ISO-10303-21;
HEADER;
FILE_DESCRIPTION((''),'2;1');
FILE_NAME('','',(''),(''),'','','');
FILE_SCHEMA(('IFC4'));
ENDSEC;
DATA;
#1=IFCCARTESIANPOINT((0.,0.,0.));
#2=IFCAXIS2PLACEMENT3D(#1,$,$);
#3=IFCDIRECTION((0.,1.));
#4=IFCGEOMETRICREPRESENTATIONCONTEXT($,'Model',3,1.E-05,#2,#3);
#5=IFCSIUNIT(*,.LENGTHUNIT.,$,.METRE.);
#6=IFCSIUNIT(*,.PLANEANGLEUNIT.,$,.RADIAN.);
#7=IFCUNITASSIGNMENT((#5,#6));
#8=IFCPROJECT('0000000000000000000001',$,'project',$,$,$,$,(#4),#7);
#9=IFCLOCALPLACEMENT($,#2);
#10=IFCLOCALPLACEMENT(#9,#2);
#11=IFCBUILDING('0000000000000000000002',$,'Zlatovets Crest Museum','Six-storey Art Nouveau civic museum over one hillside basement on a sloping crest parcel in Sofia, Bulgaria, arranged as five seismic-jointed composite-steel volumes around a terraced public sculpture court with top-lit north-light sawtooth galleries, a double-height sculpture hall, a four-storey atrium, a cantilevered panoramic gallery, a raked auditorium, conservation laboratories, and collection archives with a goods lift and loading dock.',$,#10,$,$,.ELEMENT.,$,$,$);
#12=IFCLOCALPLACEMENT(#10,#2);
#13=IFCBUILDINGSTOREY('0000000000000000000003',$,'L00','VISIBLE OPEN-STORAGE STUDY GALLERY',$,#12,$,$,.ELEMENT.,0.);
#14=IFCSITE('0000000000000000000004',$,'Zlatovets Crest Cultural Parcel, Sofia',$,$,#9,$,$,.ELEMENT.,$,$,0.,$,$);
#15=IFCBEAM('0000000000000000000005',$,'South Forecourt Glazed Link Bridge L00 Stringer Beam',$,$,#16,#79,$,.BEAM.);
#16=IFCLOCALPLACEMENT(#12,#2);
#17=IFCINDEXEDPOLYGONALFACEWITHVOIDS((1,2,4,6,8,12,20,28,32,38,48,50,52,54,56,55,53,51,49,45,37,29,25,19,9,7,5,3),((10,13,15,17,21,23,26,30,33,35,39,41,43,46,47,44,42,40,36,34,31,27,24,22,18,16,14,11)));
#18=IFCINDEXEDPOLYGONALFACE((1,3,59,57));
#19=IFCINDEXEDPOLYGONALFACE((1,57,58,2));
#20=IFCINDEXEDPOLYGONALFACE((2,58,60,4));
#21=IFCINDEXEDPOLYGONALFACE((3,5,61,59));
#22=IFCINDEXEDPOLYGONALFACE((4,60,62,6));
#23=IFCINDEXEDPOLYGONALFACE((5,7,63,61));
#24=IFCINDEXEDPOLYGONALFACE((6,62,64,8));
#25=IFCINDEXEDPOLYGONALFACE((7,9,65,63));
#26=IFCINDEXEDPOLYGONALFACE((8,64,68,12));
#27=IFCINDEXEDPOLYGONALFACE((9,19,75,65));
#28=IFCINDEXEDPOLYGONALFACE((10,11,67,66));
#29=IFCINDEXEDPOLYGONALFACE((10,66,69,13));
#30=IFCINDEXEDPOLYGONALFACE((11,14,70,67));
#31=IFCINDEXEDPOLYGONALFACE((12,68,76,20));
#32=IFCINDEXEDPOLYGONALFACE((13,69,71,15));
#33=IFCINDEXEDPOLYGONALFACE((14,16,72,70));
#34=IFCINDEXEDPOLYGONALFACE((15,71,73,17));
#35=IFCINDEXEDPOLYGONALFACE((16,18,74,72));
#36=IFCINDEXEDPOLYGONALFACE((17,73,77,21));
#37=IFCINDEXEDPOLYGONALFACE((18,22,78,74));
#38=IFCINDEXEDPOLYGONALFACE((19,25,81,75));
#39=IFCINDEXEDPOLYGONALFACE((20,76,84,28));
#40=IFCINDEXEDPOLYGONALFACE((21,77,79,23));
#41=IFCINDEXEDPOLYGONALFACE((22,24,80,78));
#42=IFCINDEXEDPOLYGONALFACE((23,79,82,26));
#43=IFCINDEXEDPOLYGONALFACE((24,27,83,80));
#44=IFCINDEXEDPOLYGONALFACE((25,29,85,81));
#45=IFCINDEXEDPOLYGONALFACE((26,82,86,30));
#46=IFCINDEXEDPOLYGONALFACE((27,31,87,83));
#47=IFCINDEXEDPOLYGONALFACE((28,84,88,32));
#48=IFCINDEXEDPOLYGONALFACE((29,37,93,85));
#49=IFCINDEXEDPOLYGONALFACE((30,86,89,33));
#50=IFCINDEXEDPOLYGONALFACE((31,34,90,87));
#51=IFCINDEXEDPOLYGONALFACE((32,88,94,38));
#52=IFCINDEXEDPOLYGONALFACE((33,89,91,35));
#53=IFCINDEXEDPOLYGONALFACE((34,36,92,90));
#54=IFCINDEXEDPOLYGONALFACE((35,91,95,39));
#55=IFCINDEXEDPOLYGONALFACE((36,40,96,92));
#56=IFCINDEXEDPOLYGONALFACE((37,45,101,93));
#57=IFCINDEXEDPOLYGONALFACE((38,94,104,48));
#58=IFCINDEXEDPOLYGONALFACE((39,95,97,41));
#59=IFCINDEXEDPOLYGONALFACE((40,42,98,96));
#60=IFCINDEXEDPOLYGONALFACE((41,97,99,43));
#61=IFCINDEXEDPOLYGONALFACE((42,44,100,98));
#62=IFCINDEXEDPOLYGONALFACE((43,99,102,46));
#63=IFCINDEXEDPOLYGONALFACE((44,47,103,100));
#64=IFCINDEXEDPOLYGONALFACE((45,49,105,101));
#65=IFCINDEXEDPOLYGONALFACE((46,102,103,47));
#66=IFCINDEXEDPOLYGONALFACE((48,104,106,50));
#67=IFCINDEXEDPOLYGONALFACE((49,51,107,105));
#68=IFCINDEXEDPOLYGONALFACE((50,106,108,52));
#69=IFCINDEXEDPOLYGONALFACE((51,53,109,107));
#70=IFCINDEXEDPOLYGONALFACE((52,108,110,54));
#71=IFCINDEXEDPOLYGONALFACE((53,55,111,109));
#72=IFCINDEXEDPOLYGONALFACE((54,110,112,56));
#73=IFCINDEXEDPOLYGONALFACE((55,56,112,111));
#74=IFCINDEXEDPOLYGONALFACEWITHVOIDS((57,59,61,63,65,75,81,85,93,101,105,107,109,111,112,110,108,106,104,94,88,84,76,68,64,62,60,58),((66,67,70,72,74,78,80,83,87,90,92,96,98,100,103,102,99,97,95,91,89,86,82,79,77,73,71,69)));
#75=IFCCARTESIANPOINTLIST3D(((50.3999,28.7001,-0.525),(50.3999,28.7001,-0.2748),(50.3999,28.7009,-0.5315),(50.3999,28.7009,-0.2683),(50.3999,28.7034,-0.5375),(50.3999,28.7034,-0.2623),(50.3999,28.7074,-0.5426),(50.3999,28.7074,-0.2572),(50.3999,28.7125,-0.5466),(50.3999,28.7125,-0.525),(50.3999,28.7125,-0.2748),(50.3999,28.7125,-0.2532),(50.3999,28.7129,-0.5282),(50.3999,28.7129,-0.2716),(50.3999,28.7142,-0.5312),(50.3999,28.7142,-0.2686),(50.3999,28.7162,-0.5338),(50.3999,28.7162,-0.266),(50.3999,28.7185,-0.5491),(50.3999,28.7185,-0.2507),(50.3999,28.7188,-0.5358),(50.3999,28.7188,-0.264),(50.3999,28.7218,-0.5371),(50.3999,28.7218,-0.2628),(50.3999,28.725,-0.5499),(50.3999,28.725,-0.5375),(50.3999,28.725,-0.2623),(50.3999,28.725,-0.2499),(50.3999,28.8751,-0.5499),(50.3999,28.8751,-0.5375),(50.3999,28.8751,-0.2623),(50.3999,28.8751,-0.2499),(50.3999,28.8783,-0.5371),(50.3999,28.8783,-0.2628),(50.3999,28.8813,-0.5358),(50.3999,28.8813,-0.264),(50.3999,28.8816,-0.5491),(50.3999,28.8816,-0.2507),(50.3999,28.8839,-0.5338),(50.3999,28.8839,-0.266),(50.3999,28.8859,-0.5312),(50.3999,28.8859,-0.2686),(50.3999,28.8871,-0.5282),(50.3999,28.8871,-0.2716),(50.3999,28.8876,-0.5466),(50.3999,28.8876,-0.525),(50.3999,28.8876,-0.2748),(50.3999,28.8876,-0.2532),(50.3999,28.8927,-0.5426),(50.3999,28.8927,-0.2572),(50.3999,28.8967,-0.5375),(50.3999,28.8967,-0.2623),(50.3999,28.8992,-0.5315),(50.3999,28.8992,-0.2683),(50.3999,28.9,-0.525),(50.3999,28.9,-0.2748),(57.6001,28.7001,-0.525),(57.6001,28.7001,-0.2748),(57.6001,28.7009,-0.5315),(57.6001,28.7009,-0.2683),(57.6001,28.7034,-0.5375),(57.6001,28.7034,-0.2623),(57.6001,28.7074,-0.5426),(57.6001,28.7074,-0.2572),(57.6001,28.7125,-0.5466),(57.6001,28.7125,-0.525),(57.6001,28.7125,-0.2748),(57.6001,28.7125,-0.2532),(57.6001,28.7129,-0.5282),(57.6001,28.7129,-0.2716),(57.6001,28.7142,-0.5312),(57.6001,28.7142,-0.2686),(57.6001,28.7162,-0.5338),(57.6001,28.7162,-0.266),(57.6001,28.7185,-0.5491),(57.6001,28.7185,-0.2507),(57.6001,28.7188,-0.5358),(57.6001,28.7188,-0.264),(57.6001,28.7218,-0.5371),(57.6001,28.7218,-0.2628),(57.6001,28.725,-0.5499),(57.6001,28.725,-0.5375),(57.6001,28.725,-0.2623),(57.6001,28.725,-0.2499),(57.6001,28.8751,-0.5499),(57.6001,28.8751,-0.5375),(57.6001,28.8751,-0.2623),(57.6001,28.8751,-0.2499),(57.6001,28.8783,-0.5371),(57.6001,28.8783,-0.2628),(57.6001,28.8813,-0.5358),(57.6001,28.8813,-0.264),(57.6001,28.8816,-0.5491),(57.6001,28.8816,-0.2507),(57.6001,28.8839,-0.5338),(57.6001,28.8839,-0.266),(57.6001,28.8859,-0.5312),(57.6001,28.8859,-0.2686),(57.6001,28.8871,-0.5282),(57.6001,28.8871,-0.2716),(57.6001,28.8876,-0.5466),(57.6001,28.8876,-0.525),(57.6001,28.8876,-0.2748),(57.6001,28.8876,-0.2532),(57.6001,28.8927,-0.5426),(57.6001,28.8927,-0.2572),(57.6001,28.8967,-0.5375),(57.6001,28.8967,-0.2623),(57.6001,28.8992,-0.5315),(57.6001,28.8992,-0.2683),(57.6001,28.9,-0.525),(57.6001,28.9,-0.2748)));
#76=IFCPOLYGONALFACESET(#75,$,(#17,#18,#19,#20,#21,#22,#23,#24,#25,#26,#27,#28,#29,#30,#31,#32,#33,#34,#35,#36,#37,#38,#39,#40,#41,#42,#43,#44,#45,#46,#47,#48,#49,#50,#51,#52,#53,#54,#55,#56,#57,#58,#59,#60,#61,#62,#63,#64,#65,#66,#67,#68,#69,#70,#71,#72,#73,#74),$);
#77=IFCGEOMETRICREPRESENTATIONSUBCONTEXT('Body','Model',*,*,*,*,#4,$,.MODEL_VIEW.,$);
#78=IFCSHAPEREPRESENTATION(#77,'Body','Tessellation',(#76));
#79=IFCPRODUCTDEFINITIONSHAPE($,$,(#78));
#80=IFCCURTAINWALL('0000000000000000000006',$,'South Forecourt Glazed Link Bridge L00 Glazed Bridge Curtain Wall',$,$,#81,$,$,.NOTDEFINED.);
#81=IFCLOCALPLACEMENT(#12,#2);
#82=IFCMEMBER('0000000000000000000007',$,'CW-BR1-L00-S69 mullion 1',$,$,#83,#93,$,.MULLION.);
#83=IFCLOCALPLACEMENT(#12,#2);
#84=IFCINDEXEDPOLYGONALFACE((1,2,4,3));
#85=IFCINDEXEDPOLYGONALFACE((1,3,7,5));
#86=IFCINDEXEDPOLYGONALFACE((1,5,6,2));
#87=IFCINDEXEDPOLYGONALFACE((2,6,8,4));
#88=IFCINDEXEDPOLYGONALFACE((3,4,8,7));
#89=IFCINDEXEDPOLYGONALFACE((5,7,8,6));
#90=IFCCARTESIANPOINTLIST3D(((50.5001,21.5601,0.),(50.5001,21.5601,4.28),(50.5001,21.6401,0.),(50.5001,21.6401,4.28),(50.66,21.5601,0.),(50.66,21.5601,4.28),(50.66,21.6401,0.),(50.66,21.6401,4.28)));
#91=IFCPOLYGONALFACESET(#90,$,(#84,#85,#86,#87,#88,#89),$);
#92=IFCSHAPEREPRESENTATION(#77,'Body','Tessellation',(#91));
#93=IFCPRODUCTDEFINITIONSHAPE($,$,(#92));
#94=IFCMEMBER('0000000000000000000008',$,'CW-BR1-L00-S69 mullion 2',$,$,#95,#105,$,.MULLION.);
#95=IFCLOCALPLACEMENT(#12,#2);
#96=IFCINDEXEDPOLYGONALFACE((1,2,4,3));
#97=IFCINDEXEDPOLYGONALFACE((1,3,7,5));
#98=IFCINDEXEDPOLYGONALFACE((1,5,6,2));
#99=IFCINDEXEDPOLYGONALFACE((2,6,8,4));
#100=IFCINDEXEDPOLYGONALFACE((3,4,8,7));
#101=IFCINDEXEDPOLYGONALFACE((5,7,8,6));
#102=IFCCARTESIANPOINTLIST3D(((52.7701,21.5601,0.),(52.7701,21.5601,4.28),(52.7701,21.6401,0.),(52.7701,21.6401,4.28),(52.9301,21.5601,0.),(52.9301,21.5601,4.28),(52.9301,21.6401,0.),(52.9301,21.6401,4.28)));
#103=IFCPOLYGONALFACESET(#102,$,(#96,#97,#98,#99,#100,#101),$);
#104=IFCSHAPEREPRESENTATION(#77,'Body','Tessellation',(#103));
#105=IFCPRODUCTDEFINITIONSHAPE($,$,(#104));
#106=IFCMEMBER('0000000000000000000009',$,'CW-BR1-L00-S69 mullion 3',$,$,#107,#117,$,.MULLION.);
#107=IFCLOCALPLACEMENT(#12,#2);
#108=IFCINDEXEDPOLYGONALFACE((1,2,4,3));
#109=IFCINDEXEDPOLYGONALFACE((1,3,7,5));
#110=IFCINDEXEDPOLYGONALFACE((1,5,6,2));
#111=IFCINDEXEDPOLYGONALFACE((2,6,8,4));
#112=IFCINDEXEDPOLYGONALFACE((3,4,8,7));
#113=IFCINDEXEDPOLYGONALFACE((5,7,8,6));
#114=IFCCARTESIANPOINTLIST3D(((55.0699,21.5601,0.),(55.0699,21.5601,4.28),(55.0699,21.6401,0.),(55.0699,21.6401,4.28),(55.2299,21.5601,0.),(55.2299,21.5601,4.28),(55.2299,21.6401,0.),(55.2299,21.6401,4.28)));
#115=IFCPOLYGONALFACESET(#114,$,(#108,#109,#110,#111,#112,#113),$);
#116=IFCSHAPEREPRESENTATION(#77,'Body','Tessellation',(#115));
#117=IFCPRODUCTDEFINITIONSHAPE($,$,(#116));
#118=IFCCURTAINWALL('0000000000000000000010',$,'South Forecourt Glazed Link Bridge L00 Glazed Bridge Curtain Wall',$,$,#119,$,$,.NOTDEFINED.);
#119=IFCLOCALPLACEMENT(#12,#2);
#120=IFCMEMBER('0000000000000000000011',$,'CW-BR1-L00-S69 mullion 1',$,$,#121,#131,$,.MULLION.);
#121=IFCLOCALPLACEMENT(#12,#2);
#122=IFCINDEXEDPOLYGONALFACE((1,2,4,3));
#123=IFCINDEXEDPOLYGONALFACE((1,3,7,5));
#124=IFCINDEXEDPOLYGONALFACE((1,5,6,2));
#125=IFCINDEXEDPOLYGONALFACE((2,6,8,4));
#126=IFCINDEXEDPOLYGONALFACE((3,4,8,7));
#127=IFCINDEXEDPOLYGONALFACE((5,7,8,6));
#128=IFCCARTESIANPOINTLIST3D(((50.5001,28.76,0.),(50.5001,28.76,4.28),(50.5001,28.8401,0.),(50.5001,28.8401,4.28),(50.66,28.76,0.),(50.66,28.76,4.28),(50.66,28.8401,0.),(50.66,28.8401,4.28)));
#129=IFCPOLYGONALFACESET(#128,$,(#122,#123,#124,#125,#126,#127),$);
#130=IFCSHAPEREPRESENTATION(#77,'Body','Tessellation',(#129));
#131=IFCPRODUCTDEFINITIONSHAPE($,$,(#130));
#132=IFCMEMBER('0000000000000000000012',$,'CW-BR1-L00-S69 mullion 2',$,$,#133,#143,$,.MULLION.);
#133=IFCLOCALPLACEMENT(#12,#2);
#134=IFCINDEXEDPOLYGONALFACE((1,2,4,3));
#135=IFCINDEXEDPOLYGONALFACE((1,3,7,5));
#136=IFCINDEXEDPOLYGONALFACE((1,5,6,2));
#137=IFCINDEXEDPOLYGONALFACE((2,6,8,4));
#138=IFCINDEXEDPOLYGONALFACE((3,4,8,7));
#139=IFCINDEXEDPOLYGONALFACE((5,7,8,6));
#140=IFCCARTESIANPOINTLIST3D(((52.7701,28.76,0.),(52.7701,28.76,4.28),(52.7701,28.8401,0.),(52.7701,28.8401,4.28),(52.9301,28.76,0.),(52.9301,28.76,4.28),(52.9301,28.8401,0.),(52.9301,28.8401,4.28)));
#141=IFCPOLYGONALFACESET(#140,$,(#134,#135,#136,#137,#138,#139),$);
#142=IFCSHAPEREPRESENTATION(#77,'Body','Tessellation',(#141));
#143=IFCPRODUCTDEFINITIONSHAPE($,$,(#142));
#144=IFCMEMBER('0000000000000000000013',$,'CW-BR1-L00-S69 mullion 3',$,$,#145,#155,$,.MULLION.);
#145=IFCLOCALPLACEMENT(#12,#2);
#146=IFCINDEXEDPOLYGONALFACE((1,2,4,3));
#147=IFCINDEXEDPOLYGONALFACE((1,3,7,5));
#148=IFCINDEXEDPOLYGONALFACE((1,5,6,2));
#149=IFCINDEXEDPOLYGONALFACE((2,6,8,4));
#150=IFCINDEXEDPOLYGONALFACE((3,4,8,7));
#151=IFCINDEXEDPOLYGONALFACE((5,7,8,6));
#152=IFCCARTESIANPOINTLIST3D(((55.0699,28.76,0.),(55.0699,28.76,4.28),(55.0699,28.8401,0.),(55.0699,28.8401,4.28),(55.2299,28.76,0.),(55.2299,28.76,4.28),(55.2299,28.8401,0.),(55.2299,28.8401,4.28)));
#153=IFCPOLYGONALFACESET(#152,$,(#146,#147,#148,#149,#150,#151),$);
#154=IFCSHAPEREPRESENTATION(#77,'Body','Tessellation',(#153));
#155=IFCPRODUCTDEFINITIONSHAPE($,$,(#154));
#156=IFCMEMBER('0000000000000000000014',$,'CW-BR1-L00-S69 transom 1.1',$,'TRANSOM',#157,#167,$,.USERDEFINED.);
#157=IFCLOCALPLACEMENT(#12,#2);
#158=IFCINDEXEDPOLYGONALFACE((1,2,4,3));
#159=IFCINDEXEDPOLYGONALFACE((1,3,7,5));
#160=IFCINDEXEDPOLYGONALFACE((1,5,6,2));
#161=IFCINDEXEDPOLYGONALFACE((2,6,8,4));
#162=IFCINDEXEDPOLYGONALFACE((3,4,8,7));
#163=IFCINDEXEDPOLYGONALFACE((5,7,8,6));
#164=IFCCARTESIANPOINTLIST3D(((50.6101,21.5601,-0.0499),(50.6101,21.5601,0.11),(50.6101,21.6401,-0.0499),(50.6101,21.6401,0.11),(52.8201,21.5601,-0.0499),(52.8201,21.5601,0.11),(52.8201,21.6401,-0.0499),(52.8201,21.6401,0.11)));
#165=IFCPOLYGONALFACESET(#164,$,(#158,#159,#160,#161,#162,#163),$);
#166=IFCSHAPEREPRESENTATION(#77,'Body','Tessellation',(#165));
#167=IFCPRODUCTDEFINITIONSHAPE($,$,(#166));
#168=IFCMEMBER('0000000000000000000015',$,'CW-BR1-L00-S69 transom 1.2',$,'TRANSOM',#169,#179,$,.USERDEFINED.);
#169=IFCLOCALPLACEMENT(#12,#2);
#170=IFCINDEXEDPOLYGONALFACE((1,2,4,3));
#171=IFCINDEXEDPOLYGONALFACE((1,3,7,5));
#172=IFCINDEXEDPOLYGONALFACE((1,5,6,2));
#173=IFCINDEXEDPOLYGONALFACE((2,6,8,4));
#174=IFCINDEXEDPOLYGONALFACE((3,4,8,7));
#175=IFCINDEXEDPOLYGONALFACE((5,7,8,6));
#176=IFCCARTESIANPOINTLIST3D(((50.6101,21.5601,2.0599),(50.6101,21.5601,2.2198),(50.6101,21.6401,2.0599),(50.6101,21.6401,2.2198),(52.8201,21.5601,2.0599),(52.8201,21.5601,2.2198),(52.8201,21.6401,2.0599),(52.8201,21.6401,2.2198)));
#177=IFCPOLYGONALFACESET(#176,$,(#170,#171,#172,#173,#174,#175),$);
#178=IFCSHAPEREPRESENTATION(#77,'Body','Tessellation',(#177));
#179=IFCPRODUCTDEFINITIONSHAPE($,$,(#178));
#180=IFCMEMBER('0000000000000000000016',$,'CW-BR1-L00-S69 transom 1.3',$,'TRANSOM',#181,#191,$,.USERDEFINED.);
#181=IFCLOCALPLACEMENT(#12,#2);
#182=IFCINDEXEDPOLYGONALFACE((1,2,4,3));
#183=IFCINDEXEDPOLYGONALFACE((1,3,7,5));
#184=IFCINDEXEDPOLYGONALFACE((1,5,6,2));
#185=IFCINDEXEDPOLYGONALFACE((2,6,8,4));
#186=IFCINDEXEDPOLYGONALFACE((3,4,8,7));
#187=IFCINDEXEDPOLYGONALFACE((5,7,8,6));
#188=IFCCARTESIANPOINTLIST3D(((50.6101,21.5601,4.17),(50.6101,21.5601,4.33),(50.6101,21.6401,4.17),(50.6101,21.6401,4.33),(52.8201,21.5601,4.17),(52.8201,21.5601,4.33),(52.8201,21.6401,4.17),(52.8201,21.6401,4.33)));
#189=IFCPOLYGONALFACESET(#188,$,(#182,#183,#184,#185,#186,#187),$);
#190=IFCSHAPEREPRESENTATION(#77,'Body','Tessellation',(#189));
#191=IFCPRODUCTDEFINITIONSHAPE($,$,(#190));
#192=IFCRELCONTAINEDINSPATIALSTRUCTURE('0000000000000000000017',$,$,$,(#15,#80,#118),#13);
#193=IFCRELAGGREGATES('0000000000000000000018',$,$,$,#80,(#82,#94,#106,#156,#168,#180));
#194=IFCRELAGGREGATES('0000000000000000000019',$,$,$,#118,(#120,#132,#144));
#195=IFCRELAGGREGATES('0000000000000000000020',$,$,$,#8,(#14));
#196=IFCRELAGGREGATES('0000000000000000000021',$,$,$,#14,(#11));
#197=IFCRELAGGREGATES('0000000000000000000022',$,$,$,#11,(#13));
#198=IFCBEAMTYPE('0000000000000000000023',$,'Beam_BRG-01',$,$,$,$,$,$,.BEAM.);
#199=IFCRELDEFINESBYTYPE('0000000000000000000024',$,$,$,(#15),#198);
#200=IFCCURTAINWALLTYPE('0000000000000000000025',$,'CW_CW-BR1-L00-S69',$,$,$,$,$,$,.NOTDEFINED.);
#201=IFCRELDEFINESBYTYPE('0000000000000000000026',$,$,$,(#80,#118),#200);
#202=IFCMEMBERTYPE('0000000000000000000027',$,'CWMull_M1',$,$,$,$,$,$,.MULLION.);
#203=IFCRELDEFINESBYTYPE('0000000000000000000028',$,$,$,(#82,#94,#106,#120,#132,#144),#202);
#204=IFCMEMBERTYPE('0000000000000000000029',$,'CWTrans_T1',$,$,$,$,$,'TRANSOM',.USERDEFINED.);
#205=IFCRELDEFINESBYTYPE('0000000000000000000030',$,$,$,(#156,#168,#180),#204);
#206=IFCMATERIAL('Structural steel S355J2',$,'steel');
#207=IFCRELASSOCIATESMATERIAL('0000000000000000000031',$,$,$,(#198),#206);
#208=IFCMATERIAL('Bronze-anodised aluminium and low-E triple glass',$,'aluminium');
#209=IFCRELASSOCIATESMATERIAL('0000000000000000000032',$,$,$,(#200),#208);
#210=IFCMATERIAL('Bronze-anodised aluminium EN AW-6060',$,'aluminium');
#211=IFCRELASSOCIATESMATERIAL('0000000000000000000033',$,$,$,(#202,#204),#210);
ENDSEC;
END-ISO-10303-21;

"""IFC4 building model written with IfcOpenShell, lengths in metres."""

from ifc_helpers import new_model, si_unit, direction, frame, origin, origin_2d, place, context, subcontext, project, spatial, rectangle, hollow_rectangle, extrude, material, material_profile, profile_set, type_object, element, aggregate, save


model = new_model("IFC4")

# Units and contexts
model_context = context("Model", 3, precision=1e-05, world=origin(), true_north=direction((0.0, 1.0)))
body_context = subcontext(model_context, "Body", "Model", "MODEL_VIEW")
ifc_project = project(units=[si_unit("LENGTHUNIT", "METRE"), si_unit("PLANEANGLEUNIT", "RADIAN")], contexts=[model_context])

# Site, building, storey
site_placement = place(None, origin())
site = spatial("IfcSite", under=ifc_project, at=site_placement, Name="Zlatovets Crest Cultural Parcel, Sofia", CompositionType="ELEMENT", RefElevation=0.0)
building_placement = place(site_placement, origin())
building = spatial("IfcBuilding", under=site, at=building_placement, Name="Zlatovets Crest Museum", Description="Six-storey Art Nouveau civic museum over one hillside basement on a sloping crest parcel in Sofia, Bulgaria, arranged as five seismic-jointed composite-steel volumes around a terraced public sculpture court with top-lit north-light sawtooth galleries, a double-height sculpture hall, a four-storey atrium, a cantilevered panoramic gallery, a raked auditorium, conservation laboratories, and collection archives with a goods lift and loading dock.", CompositionType="ELEMENT")
storey_placement = place(building_placement, origin())
storey = spatial("IfcBuildingStorey", under=building, at=storey_placement, Name="L00", Description="VISIBLE OPEN-STORAGE STUDY GALLERY", CompositionType="ELEMENT", Elevation=0.0)

# Shared definitions
ifc_material_1 = material(Name="Structural steel S355J2", Category="steel")

# Beam
ifc_material_profile_1 = material_profile(ifc_material_1, hollow_rectangle(XDim=0.2, YDim=0.3, WallThickness=0.0125, InnerFilletRadius=0.0125, OuterFilletRadius=0.0249, at=origin_2d()), Name="RHS 200x300x12.5")
ifc_profile_set_1 = profile_set([ifc_material_profile_1], Name="Structural steel S355J2")
beam_type_1 = type_object("IfcBeamType", Name="Beam_BRG-01", PredefinedType="BEAM", material=ifc_profile_set_1)
for number, where, z_axis, x_axis, name in (
    (1, (50.3999, 28.8, -0.3999), (1.0, 0.0, 0.0), (0.0, 1.0, 0.0), "South Forecourt Glazed Link Bridge L00 Stringer Beam"),
):
    element("IfcBeam", number, at=place(storey_placement, frame(where, z_axis=z_axis, x_axis=x_axis)), inside=storey, type_object=beam_type_1, Name=name, PredefinedType="BEAM", context=body_context, shape_type="SweptSolid", body=[
        extrude(hollow_rectangle(XDim=0.2, YDim=0.3, WallThickness=0.0125, InnerFilletRadius=0.0125, OuterFilletRadius=0.0249, at=origin_2d()), origin(), (0.0, 0.0, 1.0), 7.2002),
    ])

# Curtain walls, members
ifc_material_2 = material(Name="Bronze-anodised aluminium and low-E triple glass", Category="aluminium")
curtain_wall_type = type_object("IfcCurtainWallType", Name="CW_CW-BR1-L00-S69", PredefinedType="NOTDEFINED", material=ifc_material_2)
curtain_wall_1_placement = place(storey_placement, origin())
curtain_wall_1 = element("IfcCurtainWall", 2, at=curtain_wall_1_placement, inside=storey, type_object=curtain_wall_type, Name="South Forecourt Glazed Link Bridge L00 Glazed Bridge Curtain Wall", PredefinedType="NOTDEFINED")
ifc_material_3 = material(Name="Bronze-anodised aluminium EN AW-6060", Category="aluminium")
ifc_material_profile_2 = material_profile(ifc_material_3, rectangle(XDim=0.0801, YDim=0.1599, at=origin_2d()), Name="ALU 80x160")
ifc_profile_set_2 = profile_set([ifc_material_profile_2], Name="Bronze-anodised aluminium EN AW-6060")
member_type_1 = type_object("IfcMemberType", Name="CWMull_M1", PredefinedType="MULLION", material=ifc_profile_set_2)
member_1_placement = place(storey_placement, frame((50.5801, 21.6001, 0.0), z_axis=(0.0, 0.0, 1.0), x_axis=(0.0, 1.0, 0.0)))
member_1 = element("IfcMember", 3, at=member_1_placement, type_object=member_type_1, Name="CW-BR1-L00-S69 mullion 1", PredefinedType="MULLION", context=body_context, shape_type="SweptSolid", body=[
    extrude(rectangle(XDim=0.0801, YDim=0.1599, at=origin_2d()), origin(), (0.0, 0.0, 1.0), 4.28),
])
member_2_placement = place(storey_placement, frame((52.8501, 21.6001, 0.0), z_axis=(0.0, 0.0, 1.0), x_axis=(0.0, 1.0, 0.0)))
member_2 = element("IfcMember", 4, at=member_2_placement, type_object=member_type_1, Name="CW-BR1-L00-S69 mullion 2", PredefinedType="MULLION", context=body_context, shape_type="SweptSolid", body=[
    extrude(rectangle(XDim=0.0801, YDim=0.1599, at=origin_2d()), origin(), (0.0, 0.0, 1.0), 4.28),
])
member_3_placement = place(storey_placement, frame((55.1499, 21.6001, 0.0), z_axis=(0.0, 0.0, 1.0), x_axis=(0.0, 1.0, 0.0)))
member_3 = element("IfcMember", 5, at=member_3_placement, type_object=member_type_1, Name="CW-BR1-L00-S69 mullion 3", PredefinedType="MULLION", context=body_context, shape_type="SweptSolid", body=[
    extrude(rectangle(XDim=0.0801, YDim=0.1599, at=origin_2d()), origin(), (0.0, 0.0, 1.0), 4.28),
])
curtain_wall_2_placement = place(storey_placement, origin())
curtain_wall_2 = element("IfcCurtainWall", 6, at=curtain_wall_2_placement, inside=storey, type_object=curtain_wall_type, Name="South Forecourt Glazed Link Bridge L00 Glazed Bridge Curtain Wall", PredefinedType="NOTDEFINED")
member_4_placement = place(storey_placement, frame((50.5801, 28.8, 0.0), z_axis=(0.0, 0.0, 1.0), x_axis=(0.0, 1.0, 0.0)))
member_4 = element("IfcMember", 7, at=member_4_placement, type_object=member_type_1, Name="CW-BR1-L00-S69 mullion 1", PredefinedType="MULLION", context=body_context, shape_type="SweptSolid", body=[
    extrude(rectangle(XDim=0.0801, YDim=0.1599, at=origin_2d()), origin(), (0.0, 0.0, 1.0), 4.28),
])
member_5_placement = place(storey_placement, frame((52.8501, 28.8, 0.0), z_axis=(0.0, 0.0, 1.0), x_axis=(0.0, 1.0, 0.0)))
member_5 = element("IfcMember", 8, at=member_5_placement, type_object=member_type_1, Name="CW-BR1-L00-S69 mullion 2", PredefinedType="MULLION", context=body_context, shape_type="SweptSolid", body=[
    extrude(rectangle(XDim=0.0801, YDim=0.1599, at=origin_2d()), origin(), (0.0, 0.0, 1.0), 4.28),
])
member_6_placement = place(storey_placement, frame((55.1499, 28.8, 0.0), z_axis=(0.0, 0.0, 1.0), x_axis=(0.0, 1.0, 0.0)))
member_6 = element("IfcMember", 9, at=member_6_placement, type_object=member_type_1, Name="CW-BR1-L00-S69 mullion 3", PredefinedType="MULLION", context=body_context, shape_type="SweptSolid", body=[
    extrude(rectangle(XDim=0.0801, YDim=0.1599, at=origin_2d()), origin(), (0.0, 0.0, 1.0), 4.28),
])

# Members
ifc_material_profile_3 = material_profile(ifc_material_3, rectangle(XDim=0.0801, YDim=0.1599, at=origin_2d()), Name="ALU 80x160")
ifc_profile_set_3 = profile_set([ifc_material_profile_3], Name="Bronze-anodised aluminium EN AW-6060")
member_type_2 = type_object("IfcMemberType", Name="CWTrans_T1", ElementType="TRANSOM", PredefinedType="USERDEFINED", material=ifc_profile_set_3)
member_7_placement = place(storey_placement, frame((50.6101, 21.6001, 0.03), z_axis=(1.0, 0.0, 0.0), x_axis=(0.0, 1.0, 0.0)))
member_7 = element("IfcMember", 10, at=member_7_placement, type_object=member_type_2, Name="CW-BR1-L00-S69 transom 1.1", ObjectType="TRANSOM", PredefinedType="USERDEFINED", context=body_context, shape_type="SweptSolid", body=[
    extrude(rectangle(XDim=0.0801, YDim=0.1599, at=origin_2d()), origin(), (0.0, 0.0, 1.0), 2.21),
])
member_8_placement = place(storey_placement, frame((50.6101, 21.6001, 2.1399), z_axis=(1.0, 0.0, 0.0), x_axis=(0.0, 1.0, 0.0)))
member_8 = element("IfcMember", 11, at=member_8_placement, type_object=member_type_2, Name="CW-BR1-L00-S69 transom 1.2", ObjectType="TRANSOM", PredefinedType="USERDEFINED", context=body_context, shape_type="SweptSolid", body=[
    extrude(rectangle(XDim=0.0801, YDim=0.1599, at=origin_2d()), origin(), (0.0, 0.0, 1.0), 2.21),
])
member_9_placement = place(storey_placement, frame((50.6101, 21.6001, 4.25), z_axis=(1.0, 0.0, 0.0), x_axis=(0.0, 1.0, 0.0)))
member_9 = element("IfcMember", 12, at=member_9_placement, type_object=member_type_2, Name="CW-BR1-L00-S69 transom 1.3", ObjectType="TRANSOM", PredefinedType="USERDEFINED", context=body_context, shape_type="SweptSolid", body=[
    extrude(rectangle(XDim=0.0801, YDim=0.1599, at=origin_2d()), origin(), (0.0, 0.0, 1.0), 2.21),
])

aggregate(curtain_wall_1, [member_1, member_2, member_3, member_7, member_8, member_9])
aggregate(curtain_wall_2, [member_4, member_5, member_6])

save(model, "model.ifc")
